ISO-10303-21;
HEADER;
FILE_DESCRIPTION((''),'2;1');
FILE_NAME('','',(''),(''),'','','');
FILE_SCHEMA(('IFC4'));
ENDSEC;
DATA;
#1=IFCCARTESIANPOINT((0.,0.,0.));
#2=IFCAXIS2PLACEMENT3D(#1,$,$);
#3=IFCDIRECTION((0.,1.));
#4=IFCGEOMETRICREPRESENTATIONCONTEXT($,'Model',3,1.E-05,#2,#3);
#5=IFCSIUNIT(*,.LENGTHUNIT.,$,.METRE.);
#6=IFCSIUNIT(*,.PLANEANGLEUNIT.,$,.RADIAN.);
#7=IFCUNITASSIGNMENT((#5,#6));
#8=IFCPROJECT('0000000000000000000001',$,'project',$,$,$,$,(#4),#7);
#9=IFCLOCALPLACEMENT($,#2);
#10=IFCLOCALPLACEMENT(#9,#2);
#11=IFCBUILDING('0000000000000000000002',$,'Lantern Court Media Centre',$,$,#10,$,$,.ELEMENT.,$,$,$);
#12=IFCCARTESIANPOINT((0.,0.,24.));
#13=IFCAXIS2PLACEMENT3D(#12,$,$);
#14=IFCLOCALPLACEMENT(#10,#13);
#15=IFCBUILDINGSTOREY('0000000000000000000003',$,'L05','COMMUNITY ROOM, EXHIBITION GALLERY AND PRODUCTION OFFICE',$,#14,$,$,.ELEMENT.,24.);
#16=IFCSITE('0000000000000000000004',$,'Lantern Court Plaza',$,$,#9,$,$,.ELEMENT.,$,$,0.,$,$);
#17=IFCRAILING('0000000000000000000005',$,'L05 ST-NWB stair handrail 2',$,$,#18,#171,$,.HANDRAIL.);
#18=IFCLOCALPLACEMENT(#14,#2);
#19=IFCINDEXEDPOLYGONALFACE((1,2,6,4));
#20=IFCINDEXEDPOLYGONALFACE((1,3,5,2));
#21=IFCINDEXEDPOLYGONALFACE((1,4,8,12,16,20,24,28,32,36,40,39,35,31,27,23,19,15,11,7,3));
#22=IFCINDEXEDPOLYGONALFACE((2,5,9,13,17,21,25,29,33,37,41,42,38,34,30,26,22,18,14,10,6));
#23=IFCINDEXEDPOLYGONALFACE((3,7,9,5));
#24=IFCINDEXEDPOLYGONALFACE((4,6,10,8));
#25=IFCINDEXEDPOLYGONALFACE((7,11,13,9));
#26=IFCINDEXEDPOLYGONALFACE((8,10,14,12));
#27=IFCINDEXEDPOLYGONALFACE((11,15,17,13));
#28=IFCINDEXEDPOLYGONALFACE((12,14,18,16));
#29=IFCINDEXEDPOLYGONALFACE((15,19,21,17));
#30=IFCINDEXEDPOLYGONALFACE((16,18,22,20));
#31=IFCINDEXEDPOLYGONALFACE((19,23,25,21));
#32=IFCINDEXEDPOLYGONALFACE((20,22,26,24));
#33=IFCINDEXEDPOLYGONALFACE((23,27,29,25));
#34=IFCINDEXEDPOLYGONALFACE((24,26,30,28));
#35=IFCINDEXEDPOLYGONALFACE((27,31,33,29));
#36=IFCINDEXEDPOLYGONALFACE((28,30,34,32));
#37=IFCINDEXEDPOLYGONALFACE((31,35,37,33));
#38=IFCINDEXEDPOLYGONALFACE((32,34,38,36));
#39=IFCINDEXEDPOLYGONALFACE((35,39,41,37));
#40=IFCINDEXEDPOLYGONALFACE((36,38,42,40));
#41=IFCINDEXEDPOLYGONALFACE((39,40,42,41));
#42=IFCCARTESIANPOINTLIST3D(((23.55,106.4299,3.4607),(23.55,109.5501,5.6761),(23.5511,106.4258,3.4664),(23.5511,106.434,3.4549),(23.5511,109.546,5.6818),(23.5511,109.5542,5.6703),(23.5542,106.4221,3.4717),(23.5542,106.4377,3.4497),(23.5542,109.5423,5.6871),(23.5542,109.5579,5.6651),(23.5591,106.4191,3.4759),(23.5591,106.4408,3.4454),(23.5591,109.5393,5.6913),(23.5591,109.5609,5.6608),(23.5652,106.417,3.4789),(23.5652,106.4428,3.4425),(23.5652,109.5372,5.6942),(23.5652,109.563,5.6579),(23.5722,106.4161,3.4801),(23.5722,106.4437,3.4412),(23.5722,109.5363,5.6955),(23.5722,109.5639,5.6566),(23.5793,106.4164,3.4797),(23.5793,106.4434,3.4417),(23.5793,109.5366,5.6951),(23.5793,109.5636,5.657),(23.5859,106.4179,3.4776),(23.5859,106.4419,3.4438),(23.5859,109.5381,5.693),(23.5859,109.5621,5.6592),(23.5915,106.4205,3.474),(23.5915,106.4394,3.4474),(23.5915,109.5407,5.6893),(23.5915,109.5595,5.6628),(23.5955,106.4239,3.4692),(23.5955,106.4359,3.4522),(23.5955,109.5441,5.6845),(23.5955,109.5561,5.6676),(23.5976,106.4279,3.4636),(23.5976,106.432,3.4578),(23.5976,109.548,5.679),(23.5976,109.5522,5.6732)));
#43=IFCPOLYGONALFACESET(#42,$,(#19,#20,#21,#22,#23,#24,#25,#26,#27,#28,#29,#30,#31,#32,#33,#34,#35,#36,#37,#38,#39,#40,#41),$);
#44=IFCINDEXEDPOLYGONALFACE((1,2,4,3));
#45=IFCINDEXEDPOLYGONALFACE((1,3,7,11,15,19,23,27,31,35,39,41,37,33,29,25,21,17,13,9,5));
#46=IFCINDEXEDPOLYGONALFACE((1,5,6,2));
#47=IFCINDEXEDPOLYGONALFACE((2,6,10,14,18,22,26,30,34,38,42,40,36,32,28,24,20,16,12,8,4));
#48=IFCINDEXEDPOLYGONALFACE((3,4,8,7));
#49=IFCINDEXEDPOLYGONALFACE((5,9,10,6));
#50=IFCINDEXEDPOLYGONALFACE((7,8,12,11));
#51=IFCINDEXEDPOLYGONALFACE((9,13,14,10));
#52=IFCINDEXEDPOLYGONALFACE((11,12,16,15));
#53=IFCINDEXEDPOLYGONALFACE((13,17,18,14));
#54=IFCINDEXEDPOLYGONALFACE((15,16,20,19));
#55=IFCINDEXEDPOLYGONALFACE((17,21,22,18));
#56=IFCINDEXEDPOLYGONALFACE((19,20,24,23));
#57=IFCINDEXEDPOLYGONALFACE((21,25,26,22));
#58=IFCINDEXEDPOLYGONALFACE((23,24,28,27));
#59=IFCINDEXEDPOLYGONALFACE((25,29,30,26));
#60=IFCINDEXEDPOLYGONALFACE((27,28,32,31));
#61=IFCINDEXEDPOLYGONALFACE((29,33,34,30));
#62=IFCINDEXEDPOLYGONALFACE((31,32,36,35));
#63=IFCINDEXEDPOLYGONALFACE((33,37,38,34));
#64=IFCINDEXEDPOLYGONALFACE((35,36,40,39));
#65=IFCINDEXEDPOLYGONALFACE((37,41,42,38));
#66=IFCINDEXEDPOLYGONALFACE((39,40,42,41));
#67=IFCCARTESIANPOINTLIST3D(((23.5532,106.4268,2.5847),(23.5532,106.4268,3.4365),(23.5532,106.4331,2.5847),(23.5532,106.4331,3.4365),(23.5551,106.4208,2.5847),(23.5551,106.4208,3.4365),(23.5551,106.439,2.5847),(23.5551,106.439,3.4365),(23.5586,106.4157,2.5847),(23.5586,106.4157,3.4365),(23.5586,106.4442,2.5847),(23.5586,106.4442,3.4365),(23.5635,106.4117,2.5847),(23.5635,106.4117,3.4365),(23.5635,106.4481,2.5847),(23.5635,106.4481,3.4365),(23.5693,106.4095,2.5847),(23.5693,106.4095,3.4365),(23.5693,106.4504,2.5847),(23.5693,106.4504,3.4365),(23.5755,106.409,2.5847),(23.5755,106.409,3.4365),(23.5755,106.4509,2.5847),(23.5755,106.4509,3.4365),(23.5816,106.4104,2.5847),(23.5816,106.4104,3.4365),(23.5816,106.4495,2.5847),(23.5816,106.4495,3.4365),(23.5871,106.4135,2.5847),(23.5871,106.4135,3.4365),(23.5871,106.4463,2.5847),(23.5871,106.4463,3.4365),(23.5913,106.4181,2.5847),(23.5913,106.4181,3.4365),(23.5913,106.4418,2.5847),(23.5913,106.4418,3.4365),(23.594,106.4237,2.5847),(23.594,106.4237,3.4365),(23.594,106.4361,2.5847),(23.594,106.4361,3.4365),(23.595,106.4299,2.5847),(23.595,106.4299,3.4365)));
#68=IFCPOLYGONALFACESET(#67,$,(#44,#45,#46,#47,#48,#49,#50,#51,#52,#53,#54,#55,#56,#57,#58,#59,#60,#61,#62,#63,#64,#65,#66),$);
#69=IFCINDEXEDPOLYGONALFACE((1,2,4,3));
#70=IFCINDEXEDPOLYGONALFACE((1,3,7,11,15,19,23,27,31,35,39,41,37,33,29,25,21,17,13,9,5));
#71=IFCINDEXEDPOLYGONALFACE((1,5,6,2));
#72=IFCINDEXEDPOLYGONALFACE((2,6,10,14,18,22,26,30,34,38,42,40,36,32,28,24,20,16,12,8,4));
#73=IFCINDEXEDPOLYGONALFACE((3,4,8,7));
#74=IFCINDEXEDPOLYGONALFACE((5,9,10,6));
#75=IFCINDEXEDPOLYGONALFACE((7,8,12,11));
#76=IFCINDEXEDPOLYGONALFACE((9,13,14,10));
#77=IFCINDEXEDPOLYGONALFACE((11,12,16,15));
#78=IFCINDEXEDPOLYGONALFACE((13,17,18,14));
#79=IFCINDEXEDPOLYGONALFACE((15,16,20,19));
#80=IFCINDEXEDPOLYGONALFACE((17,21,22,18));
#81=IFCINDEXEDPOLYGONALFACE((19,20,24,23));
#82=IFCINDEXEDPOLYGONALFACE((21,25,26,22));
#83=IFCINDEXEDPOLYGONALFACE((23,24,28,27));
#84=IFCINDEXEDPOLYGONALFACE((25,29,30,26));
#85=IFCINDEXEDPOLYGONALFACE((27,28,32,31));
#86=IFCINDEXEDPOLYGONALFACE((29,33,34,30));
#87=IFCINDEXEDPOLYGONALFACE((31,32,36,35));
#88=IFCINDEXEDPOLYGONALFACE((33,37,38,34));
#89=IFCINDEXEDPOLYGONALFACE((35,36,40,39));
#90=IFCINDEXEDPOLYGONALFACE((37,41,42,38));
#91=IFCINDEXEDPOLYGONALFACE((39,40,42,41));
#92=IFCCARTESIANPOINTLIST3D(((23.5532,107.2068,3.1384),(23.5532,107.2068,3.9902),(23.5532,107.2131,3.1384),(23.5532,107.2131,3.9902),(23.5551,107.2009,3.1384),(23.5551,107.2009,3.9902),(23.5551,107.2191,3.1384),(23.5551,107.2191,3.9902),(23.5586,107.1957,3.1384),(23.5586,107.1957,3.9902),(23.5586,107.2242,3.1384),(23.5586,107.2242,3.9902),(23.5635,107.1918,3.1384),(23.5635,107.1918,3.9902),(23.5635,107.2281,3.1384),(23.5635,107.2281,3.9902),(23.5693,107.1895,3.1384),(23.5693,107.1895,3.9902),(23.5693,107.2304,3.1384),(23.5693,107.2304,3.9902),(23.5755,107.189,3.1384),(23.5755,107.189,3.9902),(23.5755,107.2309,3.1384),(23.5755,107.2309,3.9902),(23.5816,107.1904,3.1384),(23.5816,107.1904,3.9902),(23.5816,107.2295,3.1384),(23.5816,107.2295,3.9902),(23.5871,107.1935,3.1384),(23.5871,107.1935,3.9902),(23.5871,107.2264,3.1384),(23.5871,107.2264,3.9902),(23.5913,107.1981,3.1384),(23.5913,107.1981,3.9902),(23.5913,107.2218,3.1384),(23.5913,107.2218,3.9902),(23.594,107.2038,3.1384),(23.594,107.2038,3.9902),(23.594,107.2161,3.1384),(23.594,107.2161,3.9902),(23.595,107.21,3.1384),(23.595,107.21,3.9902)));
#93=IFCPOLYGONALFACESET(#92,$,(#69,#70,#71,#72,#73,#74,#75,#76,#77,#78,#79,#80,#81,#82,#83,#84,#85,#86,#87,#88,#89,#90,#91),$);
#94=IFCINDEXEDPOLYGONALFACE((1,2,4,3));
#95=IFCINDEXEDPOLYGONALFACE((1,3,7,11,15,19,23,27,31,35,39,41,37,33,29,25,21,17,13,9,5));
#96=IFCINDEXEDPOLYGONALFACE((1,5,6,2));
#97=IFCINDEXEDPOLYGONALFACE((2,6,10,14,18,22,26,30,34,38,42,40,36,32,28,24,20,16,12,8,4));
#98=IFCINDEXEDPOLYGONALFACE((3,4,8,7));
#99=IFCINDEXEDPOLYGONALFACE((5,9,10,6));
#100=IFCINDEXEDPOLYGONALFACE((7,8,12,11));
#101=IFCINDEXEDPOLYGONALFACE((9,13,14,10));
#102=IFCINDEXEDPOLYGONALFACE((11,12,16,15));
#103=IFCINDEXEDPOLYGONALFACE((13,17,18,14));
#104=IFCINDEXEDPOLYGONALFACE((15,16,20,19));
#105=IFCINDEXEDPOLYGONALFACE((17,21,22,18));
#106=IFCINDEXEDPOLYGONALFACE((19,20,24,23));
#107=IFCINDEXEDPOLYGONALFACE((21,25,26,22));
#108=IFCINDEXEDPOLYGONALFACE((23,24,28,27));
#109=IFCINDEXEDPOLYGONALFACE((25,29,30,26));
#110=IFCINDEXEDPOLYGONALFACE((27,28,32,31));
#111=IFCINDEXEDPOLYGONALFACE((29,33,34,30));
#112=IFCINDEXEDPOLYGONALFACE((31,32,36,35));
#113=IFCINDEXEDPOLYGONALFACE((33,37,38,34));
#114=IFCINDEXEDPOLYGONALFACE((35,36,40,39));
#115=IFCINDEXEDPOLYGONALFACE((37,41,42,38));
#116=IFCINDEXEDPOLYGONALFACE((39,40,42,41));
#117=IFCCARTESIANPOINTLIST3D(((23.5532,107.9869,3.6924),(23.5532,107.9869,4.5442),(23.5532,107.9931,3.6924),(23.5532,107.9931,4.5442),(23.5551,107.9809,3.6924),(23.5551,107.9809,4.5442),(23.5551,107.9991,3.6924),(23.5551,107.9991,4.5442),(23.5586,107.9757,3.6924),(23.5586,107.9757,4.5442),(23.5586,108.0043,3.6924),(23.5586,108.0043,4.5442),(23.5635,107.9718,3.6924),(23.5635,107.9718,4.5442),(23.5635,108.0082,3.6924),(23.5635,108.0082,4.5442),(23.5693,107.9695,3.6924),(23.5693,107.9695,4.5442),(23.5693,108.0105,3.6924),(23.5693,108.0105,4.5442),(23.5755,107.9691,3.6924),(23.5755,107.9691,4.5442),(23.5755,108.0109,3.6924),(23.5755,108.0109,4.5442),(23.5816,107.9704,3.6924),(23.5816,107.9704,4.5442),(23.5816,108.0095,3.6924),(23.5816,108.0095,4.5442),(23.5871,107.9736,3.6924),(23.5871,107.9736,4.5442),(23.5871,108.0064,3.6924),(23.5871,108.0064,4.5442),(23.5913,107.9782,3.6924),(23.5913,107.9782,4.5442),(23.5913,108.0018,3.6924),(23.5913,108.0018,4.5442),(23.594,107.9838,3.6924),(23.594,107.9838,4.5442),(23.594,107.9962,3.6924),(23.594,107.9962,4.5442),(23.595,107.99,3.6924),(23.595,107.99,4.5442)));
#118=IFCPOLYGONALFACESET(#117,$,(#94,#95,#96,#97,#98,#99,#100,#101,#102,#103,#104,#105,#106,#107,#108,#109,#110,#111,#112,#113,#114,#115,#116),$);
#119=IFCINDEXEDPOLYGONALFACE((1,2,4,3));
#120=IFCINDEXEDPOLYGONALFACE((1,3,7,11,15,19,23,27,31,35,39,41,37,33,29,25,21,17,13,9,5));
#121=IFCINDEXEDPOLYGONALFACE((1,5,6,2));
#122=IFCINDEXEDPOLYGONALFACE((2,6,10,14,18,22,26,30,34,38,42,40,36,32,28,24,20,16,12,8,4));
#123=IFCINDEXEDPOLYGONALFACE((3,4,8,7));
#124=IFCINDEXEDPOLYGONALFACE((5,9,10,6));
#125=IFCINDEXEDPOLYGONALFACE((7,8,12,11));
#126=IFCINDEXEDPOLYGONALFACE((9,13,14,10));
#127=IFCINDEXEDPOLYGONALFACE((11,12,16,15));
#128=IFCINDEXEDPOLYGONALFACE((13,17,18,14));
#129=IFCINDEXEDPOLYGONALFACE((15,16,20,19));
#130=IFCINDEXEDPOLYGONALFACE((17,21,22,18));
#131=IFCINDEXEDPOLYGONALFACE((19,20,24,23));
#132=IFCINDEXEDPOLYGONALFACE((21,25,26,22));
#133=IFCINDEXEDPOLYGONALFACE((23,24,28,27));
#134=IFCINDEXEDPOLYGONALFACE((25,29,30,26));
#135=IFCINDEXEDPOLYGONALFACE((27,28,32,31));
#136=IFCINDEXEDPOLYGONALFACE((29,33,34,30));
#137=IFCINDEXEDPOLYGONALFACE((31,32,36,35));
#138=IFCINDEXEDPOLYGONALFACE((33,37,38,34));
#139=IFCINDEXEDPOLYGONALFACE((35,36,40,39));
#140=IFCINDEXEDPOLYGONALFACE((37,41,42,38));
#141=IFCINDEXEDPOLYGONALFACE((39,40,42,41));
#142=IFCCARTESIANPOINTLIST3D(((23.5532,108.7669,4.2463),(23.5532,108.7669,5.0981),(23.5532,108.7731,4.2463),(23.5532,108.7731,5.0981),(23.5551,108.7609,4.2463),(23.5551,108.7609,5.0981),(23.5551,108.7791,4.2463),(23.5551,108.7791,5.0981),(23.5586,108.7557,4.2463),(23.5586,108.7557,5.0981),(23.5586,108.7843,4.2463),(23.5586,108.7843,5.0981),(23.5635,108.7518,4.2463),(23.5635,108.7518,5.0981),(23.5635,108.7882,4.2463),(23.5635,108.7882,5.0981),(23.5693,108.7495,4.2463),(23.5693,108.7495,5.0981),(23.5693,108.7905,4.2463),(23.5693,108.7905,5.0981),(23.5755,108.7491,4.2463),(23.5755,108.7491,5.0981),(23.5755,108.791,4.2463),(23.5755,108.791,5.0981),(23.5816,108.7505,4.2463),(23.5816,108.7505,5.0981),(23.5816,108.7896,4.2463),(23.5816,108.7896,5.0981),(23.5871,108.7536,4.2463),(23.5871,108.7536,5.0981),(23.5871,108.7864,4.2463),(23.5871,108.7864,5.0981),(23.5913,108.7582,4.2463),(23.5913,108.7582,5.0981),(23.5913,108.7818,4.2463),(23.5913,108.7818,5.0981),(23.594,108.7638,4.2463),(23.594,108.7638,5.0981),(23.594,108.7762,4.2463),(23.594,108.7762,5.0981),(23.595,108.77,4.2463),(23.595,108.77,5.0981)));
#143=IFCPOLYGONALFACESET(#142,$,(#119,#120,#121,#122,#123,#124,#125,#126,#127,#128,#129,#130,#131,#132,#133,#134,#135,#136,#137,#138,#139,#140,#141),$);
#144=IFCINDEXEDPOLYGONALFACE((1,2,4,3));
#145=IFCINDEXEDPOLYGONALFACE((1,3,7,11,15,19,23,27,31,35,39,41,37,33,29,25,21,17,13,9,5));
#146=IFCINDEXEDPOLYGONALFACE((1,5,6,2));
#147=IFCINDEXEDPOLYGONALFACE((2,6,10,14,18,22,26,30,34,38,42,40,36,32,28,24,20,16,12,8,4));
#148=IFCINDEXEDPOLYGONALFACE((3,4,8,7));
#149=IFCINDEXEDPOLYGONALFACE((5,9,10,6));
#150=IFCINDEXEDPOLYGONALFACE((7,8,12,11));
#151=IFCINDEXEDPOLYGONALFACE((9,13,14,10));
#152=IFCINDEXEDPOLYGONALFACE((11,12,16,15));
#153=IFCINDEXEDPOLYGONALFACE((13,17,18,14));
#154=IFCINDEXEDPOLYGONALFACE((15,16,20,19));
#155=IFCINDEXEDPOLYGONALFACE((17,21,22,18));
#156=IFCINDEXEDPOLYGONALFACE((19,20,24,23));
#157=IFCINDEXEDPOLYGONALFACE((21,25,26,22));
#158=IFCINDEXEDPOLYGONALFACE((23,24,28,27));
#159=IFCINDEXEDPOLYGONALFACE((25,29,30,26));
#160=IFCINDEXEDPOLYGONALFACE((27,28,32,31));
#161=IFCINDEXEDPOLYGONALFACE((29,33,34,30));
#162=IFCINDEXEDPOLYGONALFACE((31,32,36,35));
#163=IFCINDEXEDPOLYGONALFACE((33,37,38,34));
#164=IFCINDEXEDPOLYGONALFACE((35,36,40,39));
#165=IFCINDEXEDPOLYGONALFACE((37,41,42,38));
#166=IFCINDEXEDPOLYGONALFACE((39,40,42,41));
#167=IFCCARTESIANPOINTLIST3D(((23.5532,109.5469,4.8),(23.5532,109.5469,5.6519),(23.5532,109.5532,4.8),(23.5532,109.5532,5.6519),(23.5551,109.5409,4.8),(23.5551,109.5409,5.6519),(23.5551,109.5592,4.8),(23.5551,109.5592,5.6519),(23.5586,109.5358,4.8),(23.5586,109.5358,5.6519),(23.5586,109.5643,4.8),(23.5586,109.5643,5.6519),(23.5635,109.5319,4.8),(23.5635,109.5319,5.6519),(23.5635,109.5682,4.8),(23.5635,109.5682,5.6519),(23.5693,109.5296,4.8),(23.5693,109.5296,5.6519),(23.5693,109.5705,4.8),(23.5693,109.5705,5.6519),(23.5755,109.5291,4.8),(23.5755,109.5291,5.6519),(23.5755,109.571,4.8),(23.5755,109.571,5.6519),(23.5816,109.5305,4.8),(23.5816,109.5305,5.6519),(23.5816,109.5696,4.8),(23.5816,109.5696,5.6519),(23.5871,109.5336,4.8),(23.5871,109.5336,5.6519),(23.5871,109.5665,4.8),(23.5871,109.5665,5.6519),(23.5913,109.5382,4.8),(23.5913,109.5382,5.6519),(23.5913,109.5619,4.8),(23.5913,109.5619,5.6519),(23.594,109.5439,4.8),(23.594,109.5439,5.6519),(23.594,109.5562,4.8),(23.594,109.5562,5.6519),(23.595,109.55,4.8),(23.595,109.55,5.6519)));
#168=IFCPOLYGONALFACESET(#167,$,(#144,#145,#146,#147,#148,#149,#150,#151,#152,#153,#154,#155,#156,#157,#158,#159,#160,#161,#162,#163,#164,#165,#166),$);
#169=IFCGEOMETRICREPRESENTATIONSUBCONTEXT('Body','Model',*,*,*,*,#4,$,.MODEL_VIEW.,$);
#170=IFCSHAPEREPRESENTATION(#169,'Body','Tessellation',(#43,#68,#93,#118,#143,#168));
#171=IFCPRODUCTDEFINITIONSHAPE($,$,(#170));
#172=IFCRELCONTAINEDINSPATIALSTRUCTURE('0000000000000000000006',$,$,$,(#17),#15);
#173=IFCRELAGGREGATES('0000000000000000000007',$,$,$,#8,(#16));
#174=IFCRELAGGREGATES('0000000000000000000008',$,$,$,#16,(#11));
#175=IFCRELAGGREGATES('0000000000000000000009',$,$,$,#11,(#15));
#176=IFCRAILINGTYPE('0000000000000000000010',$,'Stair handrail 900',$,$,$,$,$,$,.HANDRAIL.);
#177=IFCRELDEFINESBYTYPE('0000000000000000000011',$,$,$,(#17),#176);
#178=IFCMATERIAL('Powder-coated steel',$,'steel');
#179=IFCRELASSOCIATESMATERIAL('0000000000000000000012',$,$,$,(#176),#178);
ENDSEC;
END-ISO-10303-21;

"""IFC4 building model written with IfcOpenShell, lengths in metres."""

from ifc_helpers import new_model, si_unit, direction, frame, origin, origin_2d, place, context, subcontext, project, spatial, circle, extrude, material, type_object, element, save


model = new_model("IFC4")

# Units and contexts
model_context = context("Model", 3, precision=1e-05, world=origin(), true_north=direction((0.0, 1.0)))
body_context = subcontext(model_context, "Body", "Model", "MODEL_VIEW")
ifc_project = project(units=[si_unit("LENGTHUNIT", "METRE"), si_unit("PLANEANGLEUNIT", "RADIAN")], contexts=[model_context])

# Site, building, storey
site_placement = place(None, origin())
site = spatial("IfcSite", under=ifc_project, at=site_placement, Name="Lantern Court Plaza", CompositionType="ELEMENT", RefElevation=0.0)
building_placement = place(site_placement, origin())
building = spatial("IfcBuilding", under=site, at=building_placement, Name="Lantern Court Media Centre", CompositionType="ELEMENT")
storey_placement = place(building_placement, frame((0.0, 0.0, 24.0)))
storey = spatial("IfcBuildingStorey", under=building, at=storey_placement, Name="L05", Description="COMMUNITY ROOM, EXHIBITION GALLERY AND PRODUCTION OFFICE", CompositionType="ELEMENT", Elevation=24.0)

# Shared definitions
ifc_material_1 = material(Name="Powder-coated steel", Category="steel")

# Railing
railing_type_1 = type_object("IfcRailingType", Name="Stair handrail 900", PredefinedType="HANDRAIL", material=ifc_material_1)
railing_1_placement = place(storey_placement, frame((23.574, 106.4299, 2.5847)))
element("IfcRailing", 1, at=railing_1_placement, inside=storey, type_object=railing_type_1, Name="L05 ST-NWB stair handrail 2", PredefinedType="HANDRAIL", context=body_context, shape_type="SweptSolid", body=[
    extrude(circle(Radius=0.0239, at=origin_2d()), frame((0.0, 0.0, 0.876), z_axis=(0.0, 0.815377, 0.57893), x_axis=(-1.0, 0.0, 0.0)), (0.0, 0.0, 1.0), 3.8267),
    extrude(circle(Radius=0.021, at=origin_2d()), origin(), (0.0, 0.0, 1.0), 0.8518),
    extrude(circle(Radius=0.021, at=origin_2d()), frame((0.0, 0.78, 0.5537)), (0.0, 0.0, 1.0), 0.8518),
    extrude(circle(Radius=0.021, at=origin_2d()), frame((0.0, 1.5601, 1.1077)), (0.0, 0.0, 1.0), 0.8518),
    extrude(circle(Radius=0.021, at=origin_2d()), frame((0.0, 2.3401, 1.6616)), (0.0, 0.0, 1.0), 0.8518),
    extrude(circle(Radius=0.021, at=origin_2d()), frame((0.0, 3.1201, 2.2153)), (0.0, 0.0, 1.0), 0.8518),
])

save(model, "model.ifc")
